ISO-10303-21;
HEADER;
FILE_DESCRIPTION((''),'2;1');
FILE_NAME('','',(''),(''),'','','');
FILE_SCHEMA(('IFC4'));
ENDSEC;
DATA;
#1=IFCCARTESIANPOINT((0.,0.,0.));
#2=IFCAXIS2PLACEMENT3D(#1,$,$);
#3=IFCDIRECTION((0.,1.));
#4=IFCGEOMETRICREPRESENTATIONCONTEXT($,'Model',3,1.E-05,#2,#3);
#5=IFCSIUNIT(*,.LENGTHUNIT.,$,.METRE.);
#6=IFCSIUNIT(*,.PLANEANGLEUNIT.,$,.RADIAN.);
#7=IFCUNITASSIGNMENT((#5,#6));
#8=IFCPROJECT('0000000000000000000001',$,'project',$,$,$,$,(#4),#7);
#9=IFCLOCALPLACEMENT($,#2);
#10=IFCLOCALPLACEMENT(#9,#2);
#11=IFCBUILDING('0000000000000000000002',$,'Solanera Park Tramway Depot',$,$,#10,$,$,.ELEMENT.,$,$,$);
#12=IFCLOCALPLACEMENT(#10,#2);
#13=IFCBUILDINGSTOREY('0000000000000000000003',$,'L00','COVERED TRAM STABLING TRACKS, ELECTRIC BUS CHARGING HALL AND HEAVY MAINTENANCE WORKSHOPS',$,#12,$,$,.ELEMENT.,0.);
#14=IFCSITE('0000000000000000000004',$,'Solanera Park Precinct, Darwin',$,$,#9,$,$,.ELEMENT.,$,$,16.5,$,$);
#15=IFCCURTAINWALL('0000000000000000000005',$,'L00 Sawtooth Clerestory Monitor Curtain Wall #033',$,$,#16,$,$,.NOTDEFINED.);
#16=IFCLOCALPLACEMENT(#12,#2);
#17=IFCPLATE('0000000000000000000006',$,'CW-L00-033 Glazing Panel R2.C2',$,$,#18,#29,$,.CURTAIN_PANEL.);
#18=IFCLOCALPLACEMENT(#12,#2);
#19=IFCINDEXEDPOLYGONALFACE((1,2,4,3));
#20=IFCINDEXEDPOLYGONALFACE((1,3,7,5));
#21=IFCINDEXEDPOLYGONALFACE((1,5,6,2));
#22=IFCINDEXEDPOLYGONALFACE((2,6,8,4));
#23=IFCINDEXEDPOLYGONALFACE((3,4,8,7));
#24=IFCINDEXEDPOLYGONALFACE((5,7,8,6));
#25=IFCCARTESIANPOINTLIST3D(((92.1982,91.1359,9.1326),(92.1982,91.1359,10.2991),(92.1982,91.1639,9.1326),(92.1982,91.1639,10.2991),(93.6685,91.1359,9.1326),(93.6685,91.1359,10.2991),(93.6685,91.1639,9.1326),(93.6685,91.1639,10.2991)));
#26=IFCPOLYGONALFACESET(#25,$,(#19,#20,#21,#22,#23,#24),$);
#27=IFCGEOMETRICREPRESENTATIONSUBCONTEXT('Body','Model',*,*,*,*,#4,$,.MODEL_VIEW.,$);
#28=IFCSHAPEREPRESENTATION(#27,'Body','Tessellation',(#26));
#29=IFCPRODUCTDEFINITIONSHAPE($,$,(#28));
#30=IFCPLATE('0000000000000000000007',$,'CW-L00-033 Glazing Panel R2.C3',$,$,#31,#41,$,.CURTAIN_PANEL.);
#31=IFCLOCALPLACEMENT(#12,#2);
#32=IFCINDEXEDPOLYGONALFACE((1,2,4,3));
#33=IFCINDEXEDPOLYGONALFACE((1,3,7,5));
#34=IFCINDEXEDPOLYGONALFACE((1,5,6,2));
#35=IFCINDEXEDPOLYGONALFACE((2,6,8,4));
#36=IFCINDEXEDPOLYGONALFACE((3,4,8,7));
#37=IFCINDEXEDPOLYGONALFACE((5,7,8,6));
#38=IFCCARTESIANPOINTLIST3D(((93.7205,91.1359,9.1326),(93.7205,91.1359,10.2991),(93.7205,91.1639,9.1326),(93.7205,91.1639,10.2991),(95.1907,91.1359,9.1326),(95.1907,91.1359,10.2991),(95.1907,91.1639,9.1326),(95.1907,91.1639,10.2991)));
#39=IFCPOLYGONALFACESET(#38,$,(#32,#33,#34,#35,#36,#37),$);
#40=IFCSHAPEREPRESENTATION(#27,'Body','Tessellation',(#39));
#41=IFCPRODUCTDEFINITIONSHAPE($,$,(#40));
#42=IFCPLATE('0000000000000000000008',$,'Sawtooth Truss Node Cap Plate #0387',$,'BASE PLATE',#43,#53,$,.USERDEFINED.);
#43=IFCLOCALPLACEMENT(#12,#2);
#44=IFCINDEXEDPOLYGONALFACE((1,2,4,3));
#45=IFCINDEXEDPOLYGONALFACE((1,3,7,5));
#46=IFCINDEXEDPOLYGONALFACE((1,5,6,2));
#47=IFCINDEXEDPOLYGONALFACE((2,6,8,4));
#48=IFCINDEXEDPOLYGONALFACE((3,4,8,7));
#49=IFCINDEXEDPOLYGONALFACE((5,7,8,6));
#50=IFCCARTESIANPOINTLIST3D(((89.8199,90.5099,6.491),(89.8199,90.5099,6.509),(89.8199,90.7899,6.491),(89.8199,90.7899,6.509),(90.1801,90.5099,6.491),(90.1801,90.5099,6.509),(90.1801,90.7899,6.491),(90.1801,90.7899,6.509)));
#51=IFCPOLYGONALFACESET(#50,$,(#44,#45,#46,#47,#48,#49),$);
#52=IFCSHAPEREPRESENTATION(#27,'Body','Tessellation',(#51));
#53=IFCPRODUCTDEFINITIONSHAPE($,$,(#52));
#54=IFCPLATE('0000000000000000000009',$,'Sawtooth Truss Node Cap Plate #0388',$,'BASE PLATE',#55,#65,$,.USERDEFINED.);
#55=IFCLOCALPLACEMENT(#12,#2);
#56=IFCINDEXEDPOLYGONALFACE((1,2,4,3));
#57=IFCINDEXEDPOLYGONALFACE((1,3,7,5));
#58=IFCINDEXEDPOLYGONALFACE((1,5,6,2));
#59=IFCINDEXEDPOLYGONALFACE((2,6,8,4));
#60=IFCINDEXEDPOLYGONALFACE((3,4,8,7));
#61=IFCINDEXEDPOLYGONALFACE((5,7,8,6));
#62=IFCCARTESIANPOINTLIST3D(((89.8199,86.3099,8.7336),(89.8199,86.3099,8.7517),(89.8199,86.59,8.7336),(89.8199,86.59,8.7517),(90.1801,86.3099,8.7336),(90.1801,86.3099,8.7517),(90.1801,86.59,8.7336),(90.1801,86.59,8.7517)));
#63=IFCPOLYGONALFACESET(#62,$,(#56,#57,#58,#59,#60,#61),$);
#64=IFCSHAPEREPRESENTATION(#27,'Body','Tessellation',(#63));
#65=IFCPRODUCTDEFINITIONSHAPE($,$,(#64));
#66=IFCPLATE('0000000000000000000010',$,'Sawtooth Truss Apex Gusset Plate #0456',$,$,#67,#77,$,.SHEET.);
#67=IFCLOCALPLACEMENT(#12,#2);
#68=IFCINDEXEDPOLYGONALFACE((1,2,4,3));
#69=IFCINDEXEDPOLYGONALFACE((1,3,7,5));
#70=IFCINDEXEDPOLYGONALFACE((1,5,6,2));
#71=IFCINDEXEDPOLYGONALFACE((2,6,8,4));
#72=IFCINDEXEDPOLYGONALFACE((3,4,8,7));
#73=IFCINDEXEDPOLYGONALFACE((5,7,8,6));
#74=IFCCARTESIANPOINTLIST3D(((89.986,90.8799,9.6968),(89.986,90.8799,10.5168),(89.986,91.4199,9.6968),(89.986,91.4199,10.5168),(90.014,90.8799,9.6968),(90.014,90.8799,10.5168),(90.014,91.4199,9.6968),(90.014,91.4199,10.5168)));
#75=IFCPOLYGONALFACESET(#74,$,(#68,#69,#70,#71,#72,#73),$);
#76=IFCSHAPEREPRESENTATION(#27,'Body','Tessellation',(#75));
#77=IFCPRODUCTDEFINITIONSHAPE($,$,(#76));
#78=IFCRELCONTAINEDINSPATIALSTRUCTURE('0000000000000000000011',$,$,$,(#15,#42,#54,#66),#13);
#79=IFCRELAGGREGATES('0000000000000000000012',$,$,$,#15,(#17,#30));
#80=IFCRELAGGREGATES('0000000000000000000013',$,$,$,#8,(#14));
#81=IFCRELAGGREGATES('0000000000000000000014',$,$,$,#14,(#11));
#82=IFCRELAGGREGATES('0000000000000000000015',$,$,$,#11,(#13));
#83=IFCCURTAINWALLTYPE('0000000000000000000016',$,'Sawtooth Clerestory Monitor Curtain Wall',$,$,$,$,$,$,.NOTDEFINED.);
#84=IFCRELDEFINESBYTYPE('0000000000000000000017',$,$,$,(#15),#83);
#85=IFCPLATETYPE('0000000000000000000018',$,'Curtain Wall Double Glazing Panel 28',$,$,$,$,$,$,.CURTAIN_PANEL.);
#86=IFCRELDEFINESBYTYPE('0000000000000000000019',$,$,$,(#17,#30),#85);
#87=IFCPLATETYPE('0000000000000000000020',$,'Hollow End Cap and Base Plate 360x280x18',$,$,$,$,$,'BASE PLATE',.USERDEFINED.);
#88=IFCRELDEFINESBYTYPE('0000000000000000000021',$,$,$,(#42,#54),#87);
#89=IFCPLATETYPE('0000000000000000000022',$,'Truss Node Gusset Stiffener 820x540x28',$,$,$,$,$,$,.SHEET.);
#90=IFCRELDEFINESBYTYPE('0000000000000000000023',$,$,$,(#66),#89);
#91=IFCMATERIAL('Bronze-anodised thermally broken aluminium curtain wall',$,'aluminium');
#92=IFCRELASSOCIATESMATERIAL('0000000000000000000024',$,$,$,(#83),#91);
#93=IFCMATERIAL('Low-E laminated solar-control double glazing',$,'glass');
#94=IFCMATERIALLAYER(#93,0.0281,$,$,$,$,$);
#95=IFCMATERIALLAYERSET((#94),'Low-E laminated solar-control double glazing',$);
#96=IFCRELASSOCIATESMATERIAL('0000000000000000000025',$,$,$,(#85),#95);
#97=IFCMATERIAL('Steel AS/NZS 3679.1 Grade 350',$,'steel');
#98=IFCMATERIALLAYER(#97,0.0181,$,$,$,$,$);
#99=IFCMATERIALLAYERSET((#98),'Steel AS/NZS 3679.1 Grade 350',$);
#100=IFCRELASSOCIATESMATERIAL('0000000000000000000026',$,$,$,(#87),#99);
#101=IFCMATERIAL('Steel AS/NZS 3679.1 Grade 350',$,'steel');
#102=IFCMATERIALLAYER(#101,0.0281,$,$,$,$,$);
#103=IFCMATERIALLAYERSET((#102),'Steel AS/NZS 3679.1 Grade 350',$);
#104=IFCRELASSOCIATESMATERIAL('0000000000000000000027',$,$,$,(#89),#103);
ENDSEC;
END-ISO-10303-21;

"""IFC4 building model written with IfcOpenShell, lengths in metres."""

from ifc_helpers import new_model, si_unit, direction, frame, origin, origin_2d, place, context, subcontext, project, spatial, rectangle, extrude, material, layer, layer_set, type_object, element, aggregate, save


model = new_model("IFC4")

# Units and contexts
model_context = context("Model", 3, precision=1e-05, world=origin(), true_north=direction((0.0, 1.0)))
body_context = subcontext(model_context, "Body", "Model", "MODEL_VIEW")
ifc_project = project(units=[si_unit("LENGTHUNIT", "METRE"), si_unit("PLANEANGLEUNIT", "RADIAN")], contexts=[model_context])

# Site, building, storey
site_placement = place(None, origin())
site = spatial("IfcSite", under=ifc_project, at=site_placement, Name="Solanera Park Precinct, Darwin", CompositionType="ELEMENT", RefElevation=16.5)
building_placement = place(site_placement, origin())
building = spatial("IfcBuilding", under=site, at=building_placement, Name="Solanera Park Tramway Depot", CompositionType="ELEMENT")
storey_placement = place(building_placement, origin())
storey = spatial("IfcBuildingStorey", under=building, at=storey_placement, Name="L00", Description="COVERED TRAM STABLING TRACKS, ELECTRIC BUS CHARGING HALL AND HEAVY MAINTENANCE WORKSHOPS", CompositionType="ELEMENT", Elevation=0.0)

# Curtain wall
ifc_material_1 = material(Name="Bronze-anodised thermally broken aluminium curtain wall", Category="aluminium")
curtain_wall_type = type_object("IfcCurtainWallType", Name="Sawtooth Clerestory Monitor Curtain Wall", PredefinedType="NOTDEFINED", material=ifc_material_1)
curtain_wall_placement = place(storey_placement, origin())
curtain_wall = element("IfcCurtainWall", 1, at=curtain_wall_placement, inside=storey, type_object=curtain_wall_type, Name="L00 Sawtooth Clerestory Monitor Curtain Wall #033", PredefinedType="NOTDEFINED")

# Plates
ifc_material_2 = material(Name="Low-E laminated solar-control double glazing", Category="glass")
ifc_layer_1 = layer(ifc_material_2, 0.0281)
ifc_layer_set_1 = layer_set([ifc_layer_1], Name="Low-E laminated solar-control double glazing")
plate_type_1 = type_object("IfcPlateType", Name="Curtain Wall Double Glazing Panel 28", PredefinedType="CURTAIN_PANEL", material=ifc_layer_set_1)
plate_1_placement = place(storey_placement, frame((92.9333, 91.1499, 9.1326), z_axis=(0.0, 0.0, 1.0), x_axis=(1.0, 0.0, 0.0)))
plate_1 = element("IfcPlate", 2, at=plate_1_placement, type_object=plate_type_1, Name="CW-L00-033 Glazing Panel R2.C2", PredefinedType="CURTAIN_PANEL", context=body_context, shape_type="SweptSolid", body=[
    extrude(rectangle(XDim=1.4702, YDim=0.0281, at=origin_2d()), origin(), (0.0, 0.0, 1.0), 1.1665),
])
plate_2_placement = place(storey_placement, frame((94.4556, 91.1499, 9.1326), z_axis=(0.0, 0.0, 1.0), x_axis=(1.0, 0.0, 0.0)))
plate_2 = element("IfcPlate", 3, at=plate_2_placement, type_object=plate_type_1, Name="CW-L00-033 Glazing Panel R2.C3", PredefinedType="CURTAIN_PANEL", context=body_context, shape_type="SweptSolid", body=[
    extrude(rectangle(XDim=1.4702, YDim=0.0281, at=origin_2d()), origin(), (0.0, 0.0, 1.0), 1.1665),
])
aggregate(curtain_wall, [plate_1, plate_2])

# Plates
ifc_material_3 = material(Name="Steel AS/NZS 3679.1 Grade 350", Category="steel")
ifc_layer_2 = layer(ifc_material_3, 0.0181)
ifc_layer_set_2 = layer_set([ifc_layer_2], Name="Steel AS/NZS 3679.1 Grade 350")
plate_type_2 = type_object("IfcPlateType", Name="Hollow End Cap and Base Plate 360x280x18", ElementType="BASE PLATE", PredefinedType="USERDEFINED", material=ifc_layer_set_2)
for number, where, z_axis, x_axis, name in (
    (4, (90.0, 90.6499, 6.491), (0.0, 0.0, 1.0), (1.0, 0.0, 0.0), "Sawtooth Truss Node Cap Plate #0387"),
    (5, (90.0, 86.45, 8.7336), (0.0, 0.0, 1.0), (1.0, 0.0, 0.0), "Sawtooth Truss Node Cap Plate #0388"),
):
    element("IfcPlate", number, at=place(storey_placement, frame(where, z_axis=z_axis, x_axis=x_axis)), inside=storey, type_object=plate_type_2, Name=name, ObjectType="BASE PLATE", PredefinedType="USERDEFINED", context=body_context, shape_type="SweptSolid", body=[
        extrude(rectangle(XDim=0.3601, YDim=0.28, at=origin_2d()), origin(), (0.0, 0.0, 1.0), 0.0181),
    ])
ifc_material_4 = material(Name="Steel AS/NZS 3679.1 Grade 350", Category="steel")
ifc_layer_3 = layer(ifc_material_4, 0.0281)
ifc_layer_set_3 = layer_set([ifc_layer_3], Name="Steel AS/NZS 3679.1 Grade 350")
plate_type_3 = type_object("IfcPlateType", Name="Truss Node Gusset Stiffener 820x540x28", PredefinedType="SHEET", material=ifc_layer_set_3)
plate_3_placement = place(storey_placement, frame((90.0, 91.1499, 9.6968), z_axis=(0.0, 0.0, 1.0), x_axis=(1.0, 0.0, 0.0)))
element("IfcPlate", 6, at=plate_3_placement, inside=storey, type_object=plate_type_3, Name="Sawtooth Truss Apex Gusset Plate #0456", PredefinedType="SHEET", context=body_context, shape_type="SweptSolid", body=[
    extrude(rectangle(XDim=0.0281, YDim=0.54, at=origin_2d()), origin(), (0.0, 0.0, 1.0), 0.8201),
])

save(model, "model.ifc")
